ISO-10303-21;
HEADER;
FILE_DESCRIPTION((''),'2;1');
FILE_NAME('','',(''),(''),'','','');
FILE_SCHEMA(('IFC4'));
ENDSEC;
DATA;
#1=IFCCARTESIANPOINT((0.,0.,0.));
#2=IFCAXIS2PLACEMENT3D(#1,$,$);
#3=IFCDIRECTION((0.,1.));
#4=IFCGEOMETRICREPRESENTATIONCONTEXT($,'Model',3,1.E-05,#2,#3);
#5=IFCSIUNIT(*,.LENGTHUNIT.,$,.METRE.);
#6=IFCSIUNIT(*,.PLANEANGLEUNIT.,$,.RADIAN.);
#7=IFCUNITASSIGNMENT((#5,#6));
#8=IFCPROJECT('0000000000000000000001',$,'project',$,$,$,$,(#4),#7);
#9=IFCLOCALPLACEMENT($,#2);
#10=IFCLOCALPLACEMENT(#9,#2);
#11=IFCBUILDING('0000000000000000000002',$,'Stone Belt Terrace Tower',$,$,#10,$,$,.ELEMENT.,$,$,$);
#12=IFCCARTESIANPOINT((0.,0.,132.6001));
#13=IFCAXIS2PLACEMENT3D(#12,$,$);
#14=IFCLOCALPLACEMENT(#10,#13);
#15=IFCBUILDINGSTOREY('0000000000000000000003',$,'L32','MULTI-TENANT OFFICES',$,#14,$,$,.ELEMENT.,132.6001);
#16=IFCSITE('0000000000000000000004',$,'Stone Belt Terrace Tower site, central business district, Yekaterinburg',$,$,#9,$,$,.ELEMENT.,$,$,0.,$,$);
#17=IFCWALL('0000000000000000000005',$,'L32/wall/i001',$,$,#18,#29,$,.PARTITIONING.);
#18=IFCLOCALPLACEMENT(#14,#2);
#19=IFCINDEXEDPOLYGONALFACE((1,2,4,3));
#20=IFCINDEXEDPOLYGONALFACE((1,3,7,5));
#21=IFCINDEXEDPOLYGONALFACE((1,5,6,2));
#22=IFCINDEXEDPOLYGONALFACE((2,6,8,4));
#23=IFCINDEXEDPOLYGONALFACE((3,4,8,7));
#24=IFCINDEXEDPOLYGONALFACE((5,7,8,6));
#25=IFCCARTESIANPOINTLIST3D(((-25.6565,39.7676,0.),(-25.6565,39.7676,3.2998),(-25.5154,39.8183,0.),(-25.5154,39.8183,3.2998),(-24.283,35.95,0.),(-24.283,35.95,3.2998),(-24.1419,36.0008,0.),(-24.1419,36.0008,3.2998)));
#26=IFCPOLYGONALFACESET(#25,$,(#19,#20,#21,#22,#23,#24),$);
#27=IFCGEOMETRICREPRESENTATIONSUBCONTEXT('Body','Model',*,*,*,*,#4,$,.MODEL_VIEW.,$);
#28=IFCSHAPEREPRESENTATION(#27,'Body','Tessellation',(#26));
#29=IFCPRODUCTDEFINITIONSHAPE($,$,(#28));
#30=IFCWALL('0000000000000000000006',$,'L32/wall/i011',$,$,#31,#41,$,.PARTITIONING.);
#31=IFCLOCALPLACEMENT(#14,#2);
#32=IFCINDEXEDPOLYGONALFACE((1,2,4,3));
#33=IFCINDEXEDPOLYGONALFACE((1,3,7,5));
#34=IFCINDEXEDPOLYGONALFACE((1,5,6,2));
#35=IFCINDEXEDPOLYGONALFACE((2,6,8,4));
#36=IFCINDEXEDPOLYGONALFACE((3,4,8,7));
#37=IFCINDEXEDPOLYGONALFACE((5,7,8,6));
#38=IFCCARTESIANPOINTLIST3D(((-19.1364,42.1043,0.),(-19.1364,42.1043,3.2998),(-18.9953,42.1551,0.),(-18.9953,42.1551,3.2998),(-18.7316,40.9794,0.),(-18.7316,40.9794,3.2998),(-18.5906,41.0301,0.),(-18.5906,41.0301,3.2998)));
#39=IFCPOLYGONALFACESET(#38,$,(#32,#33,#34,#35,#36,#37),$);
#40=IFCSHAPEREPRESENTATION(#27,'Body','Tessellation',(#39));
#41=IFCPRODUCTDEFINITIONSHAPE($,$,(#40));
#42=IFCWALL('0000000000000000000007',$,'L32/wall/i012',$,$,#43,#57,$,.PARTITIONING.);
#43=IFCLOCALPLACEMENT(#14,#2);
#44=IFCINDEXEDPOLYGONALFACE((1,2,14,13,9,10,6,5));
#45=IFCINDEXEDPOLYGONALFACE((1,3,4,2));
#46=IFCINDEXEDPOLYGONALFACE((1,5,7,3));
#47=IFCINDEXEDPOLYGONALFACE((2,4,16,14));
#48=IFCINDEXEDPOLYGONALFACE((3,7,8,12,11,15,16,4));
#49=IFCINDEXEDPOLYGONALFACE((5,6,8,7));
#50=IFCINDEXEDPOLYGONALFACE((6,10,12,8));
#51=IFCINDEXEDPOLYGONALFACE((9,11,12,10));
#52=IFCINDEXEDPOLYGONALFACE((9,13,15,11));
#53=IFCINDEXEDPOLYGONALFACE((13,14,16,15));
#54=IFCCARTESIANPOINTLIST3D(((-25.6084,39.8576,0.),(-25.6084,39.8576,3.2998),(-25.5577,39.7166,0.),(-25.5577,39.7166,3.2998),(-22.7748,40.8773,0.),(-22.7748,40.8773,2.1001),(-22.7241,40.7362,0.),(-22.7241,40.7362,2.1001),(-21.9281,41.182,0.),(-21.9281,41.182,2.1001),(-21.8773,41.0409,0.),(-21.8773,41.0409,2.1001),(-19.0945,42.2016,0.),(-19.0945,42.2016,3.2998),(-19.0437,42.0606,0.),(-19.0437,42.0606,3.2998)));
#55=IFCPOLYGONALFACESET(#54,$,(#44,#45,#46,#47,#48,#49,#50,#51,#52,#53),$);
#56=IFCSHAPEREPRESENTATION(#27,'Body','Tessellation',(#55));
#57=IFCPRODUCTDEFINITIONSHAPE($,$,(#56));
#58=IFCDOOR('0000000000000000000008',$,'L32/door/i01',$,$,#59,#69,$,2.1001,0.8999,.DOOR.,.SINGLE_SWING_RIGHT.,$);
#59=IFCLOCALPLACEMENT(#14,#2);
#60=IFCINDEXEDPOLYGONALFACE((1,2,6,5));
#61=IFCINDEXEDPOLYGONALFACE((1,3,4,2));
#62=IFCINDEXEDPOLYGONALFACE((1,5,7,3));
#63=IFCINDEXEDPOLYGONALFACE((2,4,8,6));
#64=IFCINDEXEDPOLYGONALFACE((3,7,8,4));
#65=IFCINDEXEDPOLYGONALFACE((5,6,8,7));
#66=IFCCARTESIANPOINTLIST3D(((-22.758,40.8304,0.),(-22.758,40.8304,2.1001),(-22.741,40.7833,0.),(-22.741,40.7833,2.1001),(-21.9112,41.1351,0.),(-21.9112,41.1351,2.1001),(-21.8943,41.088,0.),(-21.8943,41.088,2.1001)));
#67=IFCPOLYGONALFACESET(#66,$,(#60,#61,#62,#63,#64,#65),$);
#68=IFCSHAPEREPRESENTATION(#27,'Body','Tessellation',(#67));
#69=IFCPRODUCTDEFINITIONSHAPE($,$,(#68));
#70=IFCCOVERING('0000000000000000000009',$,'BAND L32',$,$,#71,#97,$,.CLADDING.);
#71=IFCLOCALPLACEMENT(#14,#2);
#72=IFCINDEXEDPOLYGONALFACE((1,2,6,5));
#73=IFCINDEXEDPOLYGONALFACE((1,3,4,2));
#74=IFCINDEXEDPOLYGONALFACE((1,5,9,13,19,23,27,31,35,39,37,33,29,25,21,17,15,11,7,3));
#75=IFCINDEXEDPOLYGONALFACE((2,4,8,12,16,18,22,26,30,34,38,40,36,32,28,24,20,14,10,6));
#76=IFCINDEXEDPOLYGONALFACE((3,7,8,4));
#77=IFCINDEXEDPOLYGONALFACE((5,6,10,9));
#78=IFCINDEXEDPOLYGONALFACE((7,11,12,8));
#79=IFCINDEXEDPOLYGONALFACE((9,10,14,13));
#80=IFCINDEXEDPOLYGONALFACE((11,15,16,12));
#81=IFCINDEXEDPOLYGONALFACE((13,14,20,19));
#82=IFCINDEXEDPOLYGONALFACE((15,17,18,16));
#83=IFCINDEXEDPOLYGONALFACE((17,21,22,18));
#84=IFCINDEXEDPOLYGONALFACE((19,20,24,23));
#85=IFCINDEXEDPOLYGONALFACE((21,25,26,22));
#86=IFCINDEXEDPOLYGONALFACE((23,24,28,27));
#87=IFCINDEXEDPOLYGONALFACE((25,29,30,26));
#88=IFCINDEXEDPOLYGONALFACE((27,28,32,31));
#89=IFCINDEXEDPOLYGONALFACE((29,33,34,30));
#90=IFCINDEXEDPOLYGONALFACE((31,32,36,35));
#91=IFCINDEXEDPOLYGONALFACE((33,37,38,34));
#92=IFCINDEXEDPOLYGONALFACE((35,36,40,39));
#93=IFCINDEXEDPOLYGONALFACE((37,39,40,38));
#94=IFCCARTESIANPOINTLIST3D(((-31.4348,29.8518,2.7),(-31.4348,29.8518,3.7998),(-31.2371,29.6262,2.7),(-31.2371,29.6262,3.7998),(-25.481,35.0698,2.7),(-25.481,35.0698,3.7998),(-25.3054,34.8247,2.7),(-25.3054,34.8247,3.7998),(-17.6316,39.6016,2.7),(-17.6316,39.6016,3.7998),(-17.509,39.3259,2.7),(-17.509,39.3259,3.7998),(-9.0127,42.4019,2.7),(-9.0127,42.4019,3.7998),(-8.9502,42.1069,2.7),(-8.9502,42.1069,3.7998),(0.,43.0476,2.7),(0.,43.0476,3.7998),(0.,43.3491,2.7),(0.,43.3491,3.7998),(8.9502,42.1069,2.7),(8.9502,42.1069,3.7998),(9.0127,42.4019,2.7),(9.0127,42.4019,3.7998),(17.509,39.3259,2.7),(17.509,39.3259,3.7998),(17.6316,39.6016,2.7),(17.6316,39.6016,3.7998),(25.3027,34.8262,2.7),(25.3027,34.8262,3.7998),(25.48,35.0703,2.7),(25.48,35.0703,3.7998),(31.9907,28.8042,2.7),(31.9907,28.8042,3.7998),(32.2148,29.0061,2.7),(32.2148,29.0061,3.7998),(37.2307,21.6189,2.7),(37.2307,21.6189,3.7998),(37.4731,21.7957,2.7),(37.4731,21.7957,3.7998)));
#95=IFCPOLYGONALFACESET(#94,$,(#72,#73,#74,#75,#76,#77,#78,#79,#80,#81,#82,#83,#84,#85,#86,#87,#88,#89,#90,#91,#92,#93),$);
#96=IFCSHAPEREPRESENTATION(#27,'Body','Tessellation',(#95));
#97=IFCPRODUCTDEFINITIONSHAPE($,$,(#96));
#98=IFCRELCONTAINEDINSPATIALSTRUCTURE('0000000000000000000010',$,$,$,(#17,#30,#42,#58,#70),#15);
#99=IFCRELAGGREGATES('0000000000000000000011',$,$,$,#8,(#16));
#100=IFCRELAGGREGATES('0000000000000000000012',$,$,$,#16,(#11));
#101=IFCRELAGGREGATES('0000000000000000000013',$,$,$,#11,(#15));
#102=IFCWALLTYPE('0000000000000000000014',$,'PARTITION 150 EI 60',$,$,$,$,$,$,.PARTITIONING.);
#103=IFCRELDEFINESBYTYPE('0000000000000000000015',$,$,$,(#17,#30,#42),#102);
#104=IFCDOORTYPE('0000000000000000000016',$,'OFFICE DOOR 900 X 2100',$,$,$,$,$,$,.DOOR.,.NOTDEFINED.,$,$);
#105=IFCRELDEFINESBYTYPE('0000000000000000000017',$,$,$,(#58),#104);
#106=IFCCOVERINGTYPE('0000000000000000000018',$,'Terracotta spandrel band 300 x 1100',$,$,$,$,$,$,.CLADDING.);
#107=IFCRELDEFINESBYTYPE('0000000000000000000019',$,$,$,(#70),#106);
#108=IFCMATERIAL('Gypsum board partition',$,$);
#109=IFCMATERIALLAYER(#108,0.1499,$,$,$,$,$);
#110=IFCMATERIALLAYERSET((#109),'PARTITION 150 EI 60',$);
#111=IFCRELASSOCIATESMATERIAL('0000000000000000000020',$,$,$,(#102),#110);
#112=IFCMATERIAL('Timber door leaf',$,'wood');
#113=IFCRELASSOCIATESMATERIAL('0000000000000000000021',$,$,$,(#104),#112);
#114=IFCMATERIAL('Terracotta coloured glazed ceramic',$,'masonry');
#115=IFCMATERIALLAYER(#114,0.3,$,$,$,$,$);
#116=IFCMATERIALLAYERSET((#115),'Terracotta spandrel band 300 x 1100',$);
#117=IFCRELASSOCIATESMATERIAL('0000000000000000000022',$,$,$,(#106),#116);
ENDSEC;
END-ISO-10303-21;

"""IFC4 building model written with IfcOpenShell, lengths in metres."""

from ifc_helpers import new_model, si_unit, direction, frame, frame_2d, origin, place, context, subcontext, project, spatial, polyline, rectangle, outline, extrude, material, layer, layer_set, type_object, element, fill, save


model = new_model("IFC4")

# Units and contexts
model_context = context("Model", 3, precision=1e-05, world=origin(), true_north=direction((0.0, 1.0)))
body_context = subcontext(model_context, "Body", "Model", "MODEL_VIEW")
ifc_project = project(units=[si_unit("LENGTHUNIT", "METRE"), si_unit("PLANEANGLEUNIT", "RADIAN")], contexts=[model_context])

# Site, building, storey
site_placement = place(None, origin())
site = spatial("IfcSite", under=ifc_project, at=site_placement, Name="Stone Belt Terrace Tower site, central business district, Yekaterinburg", CompositionType="ELEMENT", RefElevation=0.0)
building_placement = place(site_placement, origin())
building = spatial("IfcBuilding", under=site, at=building_placement, Name="Stone Belt Terrace Tower", CompositionType="ELEMENT")
storey_placement = place(building_placement, frame((0.0, 0.0, 132.6001)))
storey = spatial("IfcBuildingStorey", under=building, at=storey_placement, Name="L32", Description="MULTI-TENANT OFFICES", CompositionType="ELEMENT", Elevation=132.6001)

# Walls
ifc_material_1 = material(Name="Gypsum board partition")
ifc_layer_1 = layer(ifc_material_1, 0.1499)
ifc_layer_set_1 = layer_set([ifc_layer_1], Name="PARTITION 150 EI 60")
wall_type = type_object("IfcWallType", Name="PARTITION 150 EI 60", PredefinedType="PARTITIONING", material=ifc_layer_set_1)
wall_1_placement = place(storey_placement, frame((-25.5859, 39.793, 0.0), z_axis=(0.0, 0.0, 1.0), x_axis=(0.338543, -0.940951, 0.0)))
element("IfcWall", 1, at=wall_1_placement, inside=storey, type_object=wall_type, Name="L32/wall/i001", PredefinedType="PARTITIONING", context=body_context, shape_type="SweptSolid", body=[
    extrude(rectangle(XDim=4.0571, YDim=0.1499, at=frame_2d((2.0286, 0.0))), origin(), (0.0, 0.0, 1.0), 3.2998),
])
wall_2_placement = place(storey_placement, frame((-18.6611, 41.0049, 0.0), z_axis=(0.0, 0.0, 1.0), x_axis=(-0.33856, 0.940945, 0.0)))
element("IfcWall", 2, at=wall_2_placement, inside=storey, type_object=wall_type, Name="L32/wall/i011", PredefinedType="PARTITIONING", context=body_context, shape_type="SweptSolid", body=[
    extrude(rectangle(XDim=1.1956, YDim=0.1499, at=frame_2d((0.5977, 0.0))), origin(), (0.0, 0.0, 1.0), 3.2998),
])

# Wall, opening, door
wall_3_placement = place(storey_placement, frame((-19.0691, 42.1311, 0.0), z_axis=(0.0, 0.0, 1.0), x_axis=(-0.940934, -0.33859, 0.0)))
wall_3 = element("IfcWall", 3, at=wall_3_placement, inside=storey, type_object=wall_type, Name="L32/wall/i012", PredefinedType="PARTITIONING", context=body_context, shape_type="SweptSolid", body=[
    extrude(rectangle(XDim=6.9229, YDim=0.1499, at=frame_2d((3.4614, 0.0))), origin(), (0.0, 0.0, 1.0), 3.2998),
])
opening_placement = place(wall_3_placement, frame((3.0115, 0.0, 0.0)))
opening = element("IfcOpeningElement", 4, at=opening_placement, cuts=wall_3, PredefinedType="OPENING", context=body_context, shape_type="SweptSolid", body=[
    extrude(rectangle(XDim=0.8999, YDim=2.1001, at=frame_2d((0.45, 1.05))), frame((0.0, 0.085, 0.0), z_axis=(0.0, -1.0, 0.0), x_axis=(1.0, 0.0, 0.0)), (0.0, 0.0, 1.0), 0.1699),
])
ifc_material_2 = material(Name="Timber door leaf", Category="wood")
door_type = type_object("IfcDoorType", Name="OFFICE DOOR 900 X 2100", OperationType="NOTDEFINED", PredefinedType="DOOR", material=ifc_material_2)
door_placement = place(opening_placement, origin())
door = element("IfcDoor", 5, at=door_placement, inside=storey, type_object=door_type, Name="L32/door/i01", OperationType="SINGLE_SWING_RIGHT", OverallHeight=2.1001, OverallWidth=0.8999, PredefinedType="DOOR", context=body_context, shape_type="SweptSolid", body=[
    extrude(rectangle(XDim=0.8999, YDim=2.1001, at=frame_2d((0.45, 1.05))), frame((0.0, 0.0249, 0.0), z_axis=(0.0, -1.0, 0.0), x_axis=(1.0, 0.0, 0.0)), (0.0, 0.0, 1.0), 0.05),
])
fill(opening, door)

# Covering
ifc_material_3 = material(Name="Terracotta coloured glazed ceramic", Category="masonry")
ifc_layer_2 = layer(ifc_material_3, 0.3)
ifc_layer_set_2 = layer_set([ifc_layer_2], Name="Terracotta spandrel band 300 x 1100")
covering_type = type_object("IfcCoveringType", Name="Terracotta spandrel band 300 x 1100", PredefinedType="CLADDING", material=ifc_layer_set_2)
covering_placement = place(storey_placement, frame((0.0, 0.0, 2.7)))
element("IfcCovering", 6, at=covering_placement, inside=storey, type_object=covering_type, Name="BAND L32", PredefinedType="CLADDING", context=body_context, shape_type="SweptSolid", body=[
    extrude(outline(polyline([(-31.4348, 29.8518), (-25.481, 35.0698), (-17.6316, 39.6016), (-9.0127, 42.4019), (0.0, 43.3491), (9.0127, 42.4019), (17.6316, 39.6016), (25.48, 35.0703), (32.2148, 29.0061), (37.4731, 21.7957), (37.2307, 21.6189), (31.9907, 28.8042), (25.3027, 34.8262), (17.509, 39.3259), (8.9502, 42.1069), (0.0, 43.0476), (-8.9502, 42.1069), (-17.509, 39.3259), (-25.3054, 34.8247), (-31.2371, 29.6262), (-31.4348, 29.8518)])), origin(), (0.0, 0.0, 1.0), 1.0999),
])

save(model, "model.ifc")
